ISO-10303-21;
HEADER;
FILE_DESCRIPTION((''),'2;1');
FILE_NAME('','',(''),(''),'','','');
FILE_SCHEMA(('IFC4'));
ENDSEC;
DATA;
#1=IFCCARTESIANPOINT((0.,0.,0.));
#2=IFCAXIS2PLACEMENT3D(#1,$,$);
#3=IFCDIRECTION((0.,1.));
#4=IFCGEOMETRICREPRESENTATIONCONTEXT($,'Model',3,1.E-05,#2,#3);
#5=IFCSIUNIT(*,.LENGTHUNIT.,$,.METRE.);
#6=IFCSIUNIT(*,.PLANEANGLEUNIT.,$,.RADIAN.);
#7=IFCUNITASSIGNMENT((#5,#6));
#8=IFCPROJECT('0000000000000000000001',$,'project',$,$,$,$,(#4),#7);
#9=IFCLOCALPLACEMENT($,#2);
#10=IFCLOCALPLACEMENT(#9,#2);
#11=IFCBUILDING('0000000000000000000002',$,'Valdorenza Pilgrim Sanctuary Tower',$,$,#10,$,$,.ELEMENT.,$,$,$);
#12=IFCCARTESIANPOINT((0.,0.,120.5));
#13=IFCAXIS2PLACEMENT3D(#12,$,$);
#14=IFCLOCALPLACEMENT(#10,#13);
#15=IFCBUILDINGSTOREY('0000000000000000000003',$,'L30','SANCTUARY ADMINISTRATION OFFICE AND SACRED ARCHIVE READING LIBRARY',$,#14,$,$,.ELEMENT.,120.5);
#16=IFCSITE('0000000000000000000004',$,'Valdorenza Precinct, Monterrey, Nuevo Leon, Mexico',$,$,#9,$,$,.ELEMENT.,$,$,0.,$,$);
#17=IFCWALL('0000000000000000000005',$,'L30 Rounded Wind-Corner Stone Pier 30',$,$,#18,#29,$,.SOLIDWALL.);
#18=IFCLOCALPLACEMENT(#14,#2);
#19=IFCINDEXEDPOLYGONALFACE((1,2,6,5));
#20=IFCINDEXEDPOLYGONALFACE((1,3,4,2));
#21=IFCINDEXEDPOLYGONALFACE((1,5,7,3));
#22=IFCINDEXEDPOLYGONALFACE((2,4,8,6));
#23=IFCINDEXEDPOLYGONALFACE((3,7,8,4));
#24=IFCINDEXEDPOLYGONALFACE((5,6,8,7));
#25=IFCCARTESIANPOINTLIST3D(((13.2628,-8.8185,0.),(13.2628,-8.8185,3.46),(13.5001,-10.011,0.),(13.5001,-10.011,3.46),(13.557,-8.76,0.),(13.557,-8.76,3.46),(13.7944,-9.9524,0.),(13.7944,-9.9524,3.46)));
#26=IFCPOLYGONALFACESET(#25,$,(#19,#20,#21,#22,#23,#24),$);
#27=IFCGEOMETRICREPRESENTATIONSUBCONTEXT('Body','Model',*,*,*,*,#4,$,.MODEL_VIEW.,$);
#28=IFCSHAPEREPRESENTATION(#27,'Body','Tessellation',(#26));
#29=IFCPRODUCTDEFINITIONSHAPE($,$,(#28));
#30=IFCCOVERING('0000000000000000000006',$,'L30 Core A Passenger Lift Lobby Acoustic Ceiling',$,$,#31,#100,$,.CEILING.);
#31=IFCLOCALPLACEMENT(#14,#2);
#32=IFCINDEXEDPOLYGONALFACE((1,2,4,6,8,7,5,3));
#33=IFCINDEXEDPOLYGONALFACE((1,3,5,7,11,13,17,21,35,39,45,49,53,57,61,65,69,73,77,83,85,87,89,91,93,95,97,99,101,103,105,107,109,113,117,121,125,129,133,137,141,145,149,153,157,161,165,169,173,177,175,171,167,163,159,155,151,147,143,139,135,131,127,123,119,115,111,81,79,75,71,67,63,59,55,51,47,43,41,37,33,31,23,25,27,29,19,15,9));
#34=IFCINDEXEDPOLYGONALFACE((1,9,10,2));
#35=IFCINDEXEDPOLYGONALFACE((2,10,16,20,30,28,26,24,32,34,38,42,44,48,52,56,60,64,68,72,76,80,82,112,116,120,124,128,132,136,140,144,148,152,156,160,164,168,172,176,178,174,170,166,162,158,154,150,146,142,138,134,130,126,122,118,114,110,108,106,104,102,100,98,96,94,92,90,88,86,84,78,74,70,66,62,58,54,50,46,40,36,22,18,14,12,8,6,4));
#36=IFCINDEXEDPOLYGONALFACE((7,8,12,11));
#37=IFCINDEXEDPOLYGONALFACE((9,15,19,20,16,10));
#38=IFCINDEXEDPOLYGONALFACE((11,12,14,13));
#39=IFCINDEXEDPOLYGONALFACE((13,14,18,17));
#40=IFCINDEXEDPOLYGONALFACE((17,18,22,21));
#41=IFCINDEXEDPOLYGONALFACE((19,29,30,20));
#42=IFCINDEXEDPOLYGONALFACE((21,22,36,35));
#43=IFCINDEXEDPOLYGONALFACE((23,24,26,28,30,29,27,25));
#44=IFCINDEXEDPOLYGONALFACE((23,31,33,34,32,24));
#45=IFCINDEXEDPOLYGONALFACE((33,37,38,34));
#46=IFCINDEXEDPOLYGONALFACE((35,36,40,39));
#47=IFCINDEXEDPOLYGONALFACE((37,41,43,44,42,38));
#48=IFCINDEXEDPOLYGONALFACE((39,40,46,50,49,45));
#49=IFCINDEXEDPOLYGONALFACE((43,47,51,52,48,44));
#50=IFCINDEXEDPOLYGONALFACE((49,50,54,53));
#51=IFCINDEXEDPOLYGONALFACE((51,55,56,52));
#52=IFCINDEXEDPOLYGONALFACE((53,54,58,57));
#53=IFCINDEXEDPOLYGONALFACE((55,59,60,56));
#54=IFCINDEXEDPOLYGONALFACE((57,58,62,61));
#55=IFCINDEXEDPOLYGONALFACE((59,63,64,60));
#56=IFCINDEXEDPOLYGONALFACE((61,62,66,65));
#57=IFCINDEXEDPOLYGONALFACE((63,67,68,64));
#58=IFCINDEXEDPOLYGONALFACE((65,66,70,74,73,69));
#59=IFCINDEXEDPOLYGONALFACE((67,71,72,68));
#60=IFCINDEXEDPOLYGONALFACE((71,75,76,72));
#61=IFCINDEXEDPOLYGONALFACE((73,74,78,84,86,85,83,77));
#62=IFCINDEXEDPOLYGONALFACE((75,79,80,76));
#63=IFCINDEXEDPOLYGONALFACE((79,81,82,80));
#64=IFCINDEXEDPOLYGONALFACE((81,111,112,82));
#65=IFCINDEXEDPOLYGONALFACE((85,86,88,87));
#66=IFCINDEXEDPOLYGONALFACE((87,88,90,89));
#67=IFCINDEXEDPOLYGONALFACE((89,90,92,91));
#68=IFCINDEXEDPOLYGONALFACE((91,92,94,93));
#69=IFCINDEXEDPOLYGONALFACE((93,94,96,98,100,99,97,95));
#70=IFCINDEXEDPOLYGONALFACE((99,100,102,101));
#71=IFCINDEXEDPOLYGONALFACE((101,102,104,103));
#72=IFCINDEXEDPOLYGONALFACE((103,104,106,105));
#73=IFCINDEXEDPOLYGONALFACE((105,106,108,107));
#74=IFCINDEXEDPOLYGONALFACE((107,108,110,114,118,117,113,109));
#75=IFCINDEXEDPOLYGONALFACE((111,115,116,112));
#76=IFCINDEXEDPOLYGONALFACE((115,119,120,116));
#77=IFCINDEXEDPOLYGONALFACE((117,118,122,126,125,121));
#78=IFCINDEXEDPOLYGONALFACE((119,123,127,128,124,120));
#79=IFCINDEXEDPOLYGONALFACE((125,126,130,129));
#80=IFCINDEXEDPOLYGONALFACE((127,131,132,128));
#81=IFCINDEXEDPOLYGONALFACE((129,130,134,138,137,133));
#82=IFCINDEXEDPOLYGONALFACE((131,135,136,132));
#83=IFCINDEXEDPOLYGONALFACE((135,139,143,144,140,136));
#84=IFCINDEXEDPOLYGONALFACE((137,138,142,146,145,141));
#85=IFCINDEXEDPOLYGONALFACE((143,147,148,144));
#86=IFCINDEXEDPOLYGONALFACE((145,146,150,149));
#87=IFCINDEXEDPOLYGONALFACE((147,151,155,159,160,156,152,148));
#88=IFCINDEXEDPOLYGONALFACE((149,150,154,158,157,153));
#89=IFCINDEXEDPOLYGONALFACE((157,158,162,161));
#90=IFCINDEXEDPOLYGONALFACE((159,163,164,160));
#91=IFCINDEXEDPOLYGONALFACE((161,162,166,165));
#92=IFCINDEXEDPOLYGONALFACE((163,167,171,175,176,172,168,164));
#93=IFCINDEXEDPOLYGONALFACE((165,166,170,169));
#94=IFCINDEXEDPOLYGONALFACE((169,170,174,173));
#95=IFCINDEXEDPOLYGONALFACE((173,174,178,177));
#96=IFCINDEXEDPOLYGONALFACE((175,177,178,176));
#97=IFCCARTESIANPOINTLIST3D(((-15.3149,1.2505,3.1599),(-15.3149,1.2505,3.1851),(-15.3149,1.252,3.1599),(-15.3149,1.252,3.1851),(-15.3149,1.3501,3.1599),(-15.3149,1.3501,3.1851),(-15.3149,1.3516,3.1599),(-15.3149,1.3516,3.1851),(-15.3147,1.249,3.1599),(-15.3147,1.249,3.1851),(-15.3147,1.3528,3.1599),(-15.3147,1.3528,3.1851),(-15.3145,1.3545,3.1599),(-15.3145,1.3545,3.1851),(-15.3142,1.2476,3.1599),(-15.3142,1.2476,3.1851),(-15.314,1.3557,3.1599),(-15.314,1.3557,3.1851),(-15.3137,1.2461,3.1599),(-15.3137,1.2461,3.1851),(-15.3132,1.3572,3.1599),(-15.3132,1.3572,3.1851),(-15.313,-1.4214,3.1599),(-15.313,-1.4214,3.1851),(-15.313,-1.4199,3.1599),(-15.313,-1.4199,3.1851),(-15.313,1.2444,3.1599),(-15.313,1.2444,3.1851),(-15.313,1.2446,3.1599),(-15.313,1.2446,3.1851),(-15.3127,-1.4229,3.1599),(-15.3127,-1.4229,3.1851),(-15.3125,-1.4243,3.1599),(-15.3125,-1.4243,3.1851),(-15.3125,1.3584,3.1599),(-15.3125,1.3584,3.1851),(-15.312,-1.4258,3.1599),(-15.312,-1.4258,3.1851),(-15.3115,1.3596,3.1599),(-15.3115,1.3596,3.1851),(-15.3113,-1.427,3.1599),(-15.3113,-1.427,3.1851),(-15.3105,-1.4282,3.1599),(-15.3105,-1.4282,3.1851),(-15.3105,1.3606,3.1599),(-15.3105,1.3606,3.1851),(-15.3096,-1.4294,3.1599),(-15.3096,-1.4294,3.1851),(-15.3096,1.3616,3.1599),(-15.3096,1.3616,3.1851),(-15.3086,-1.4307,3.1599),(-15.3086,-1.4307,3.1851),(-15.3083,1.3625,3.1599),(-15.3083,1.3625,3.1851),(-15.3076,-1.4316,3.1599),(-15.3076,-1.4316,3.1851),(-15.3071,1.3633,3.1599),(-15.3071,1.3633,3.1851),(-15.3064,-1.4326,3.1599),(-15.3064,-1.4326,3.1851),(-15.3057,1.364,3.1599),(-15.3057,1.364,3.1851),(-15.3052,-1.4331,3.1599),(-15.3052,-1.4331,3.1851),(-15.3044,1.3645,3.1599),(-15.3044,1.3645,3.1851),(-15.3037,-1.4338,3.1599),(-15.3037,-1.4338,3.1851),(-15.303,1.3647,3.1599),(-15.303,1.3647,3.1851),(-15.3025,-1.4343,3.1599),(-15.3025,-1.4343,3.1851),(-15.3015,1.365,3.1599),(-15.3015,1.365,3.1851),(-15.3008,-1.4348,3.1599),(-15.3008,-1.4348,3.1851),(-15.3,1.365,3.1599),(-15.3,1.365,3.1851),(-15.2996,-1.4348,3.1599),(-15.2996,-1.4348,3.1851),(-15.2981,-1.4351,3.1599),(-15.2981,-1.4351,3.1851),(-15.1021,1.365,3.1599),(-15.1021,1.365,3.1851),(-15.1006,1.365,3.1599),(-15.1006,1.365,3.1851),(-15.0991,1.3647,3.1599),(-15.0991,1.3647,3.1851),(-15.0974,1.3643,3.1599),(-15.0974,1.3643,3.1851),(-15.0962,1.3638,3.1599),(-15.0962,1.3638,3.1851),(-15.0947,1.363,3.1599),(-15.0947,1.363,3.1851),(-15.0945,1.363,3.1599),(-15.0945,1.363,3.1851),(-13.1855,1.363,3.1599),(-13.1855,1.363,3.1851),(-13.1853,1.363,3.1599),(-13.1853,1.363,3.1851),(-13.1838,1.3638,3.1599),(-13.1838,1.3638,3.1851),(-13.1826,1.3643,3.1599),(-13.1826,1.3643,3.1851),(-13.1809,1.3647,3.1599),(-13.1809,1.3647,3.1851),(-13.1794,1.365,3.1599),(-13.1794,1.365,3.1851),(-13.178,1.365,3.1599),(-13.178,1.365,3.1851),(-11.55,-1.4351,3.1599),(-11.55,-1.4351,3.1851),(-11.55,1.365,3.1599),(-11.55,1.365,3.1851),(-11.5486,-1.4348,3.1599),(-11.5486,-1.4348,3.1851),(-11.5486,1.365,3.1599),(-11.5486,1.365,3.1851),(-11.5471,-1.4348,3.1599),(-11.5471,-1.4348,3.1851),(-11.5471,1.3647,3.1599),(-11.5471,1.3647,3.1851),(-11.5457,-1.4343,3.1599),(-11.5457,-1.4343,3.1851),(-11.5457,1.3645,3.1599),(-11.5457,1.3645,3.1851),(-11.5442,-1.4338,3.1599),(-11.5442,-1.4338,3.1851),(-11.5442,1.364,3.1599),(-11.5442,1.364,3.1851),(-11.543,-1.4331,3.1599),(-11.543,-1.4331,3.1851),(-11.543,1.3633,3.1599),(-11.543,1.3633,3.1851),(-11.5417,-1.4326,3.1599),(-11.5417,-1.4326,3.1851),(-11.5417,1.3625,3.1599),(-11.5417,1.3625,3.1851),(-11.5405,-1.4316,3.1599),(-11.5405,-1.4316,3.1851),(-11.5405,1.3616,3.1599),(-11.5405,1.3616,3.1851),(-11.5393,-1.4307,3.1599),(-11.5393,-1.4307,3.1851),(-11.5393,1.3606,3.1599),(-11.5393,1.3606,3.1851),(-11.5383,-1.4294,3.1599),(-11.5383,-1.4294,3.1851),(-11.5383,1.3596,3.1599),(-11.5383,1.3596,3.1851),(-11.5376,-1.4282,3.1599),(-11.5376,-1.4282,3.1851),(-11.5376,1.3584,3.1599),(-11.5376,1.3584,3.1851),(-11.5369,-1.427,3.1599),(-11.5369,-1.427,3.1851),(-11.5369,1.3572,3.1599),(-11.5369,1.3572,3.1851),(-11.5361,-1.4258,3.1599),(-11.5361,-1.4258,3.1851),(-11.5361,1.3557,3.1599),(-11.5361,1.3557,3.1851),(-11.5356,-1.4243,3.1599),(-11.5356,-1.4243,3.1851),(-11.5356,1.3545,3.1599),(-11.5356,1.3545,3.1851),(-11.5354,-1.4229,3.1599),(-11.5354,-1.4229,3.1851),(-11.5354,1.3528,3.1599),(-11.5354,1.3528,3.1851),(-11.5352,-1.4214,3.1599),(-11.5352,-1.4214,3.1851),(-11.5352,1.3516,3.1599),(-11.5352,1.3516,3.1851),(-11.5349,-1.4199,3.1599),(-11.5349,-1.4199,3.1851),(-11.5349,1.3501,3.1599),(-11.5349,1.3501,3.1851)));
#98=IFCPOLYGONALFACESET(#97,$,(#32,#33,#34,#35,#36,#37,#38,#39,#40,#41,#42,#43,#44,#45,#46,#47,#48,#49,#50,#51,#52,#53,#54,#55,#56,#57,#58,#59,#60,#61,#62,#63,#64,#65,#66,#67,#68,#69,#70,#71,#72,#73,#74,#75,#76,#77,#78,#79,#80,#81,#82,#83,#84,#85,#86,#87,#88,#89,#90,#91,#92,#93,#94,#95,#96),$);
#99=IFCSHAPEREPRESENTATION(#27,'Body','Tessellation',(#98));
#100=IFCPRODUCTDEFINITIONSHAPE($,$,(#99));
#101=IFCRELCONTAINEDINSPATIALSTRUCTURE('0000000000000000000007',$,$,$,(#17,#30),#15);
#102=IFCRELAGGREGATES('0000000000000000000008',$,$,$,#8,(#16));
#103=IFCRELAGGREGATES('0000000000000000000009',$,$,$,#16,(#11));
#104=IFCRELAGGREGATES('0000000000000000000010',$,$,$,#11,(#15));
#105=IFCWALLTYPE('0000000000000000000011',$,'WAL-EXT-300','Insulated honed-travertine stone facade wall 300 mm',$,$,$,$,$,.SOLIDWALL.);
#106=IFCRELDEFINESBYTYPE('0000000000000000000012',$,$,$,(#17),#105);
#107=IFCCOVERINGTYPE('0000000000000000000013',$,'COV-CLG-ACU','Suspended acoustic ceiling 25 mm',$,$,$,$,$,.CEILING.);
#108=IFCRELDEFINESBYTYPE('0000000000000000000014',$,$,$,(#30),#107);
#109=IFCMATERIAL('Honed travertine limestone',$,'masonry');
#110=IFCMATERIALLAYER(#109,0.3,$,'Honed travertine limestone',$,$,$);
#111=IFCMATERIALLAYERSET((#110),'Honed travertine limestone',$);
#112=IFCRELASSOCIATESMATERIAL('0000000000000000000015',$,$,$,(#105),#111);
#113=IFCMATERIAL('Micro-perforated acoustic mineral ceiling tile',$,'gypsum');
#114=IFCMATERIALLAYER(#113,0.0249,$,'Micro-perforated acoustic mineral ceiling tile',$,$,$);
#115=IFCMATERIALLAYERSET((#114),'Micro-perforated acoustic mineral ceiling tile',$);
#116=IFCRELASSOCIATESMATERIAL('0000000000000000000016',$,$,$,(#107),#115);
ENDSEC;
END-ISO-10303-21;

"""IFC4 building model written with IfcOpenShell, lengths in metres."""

from ifc_helpers import new_model, si_unit, direction, frame, frame_2d, origin, place, context, subcontext, project, spatial, polyline, rectangle, outline, extrude, material, layer, layer_set, type_object, element, save


model = new_model("IFC4")

# Units and contexts
model_context = context("Model", 3, precision=1e-05, world=origin(), true_north=direction((0.0, 1.0)))
body_context = subcontext(model_context, "Body", "Model", "MODEL_VIEW")
ifc_project = project(units=[si_unit("LENGTHUNIT", "METRE"), si_unit("PLANEANGLEUNIT", "RADIAN")], contexts=[model_context])

# Site, building, storey
site_placement = place(None, origin())
site = spatial("IfcSite", under=ifc_project, at=site_placement, Name="Valdorenza Precinct, Monterrey, Nuevo Leon, Mexico", CompositionType="ELEMENT", RefElevation=0.0)
building_placement = place(site_placement, origin())
building = spatial("IfcBuilding", under=site, at=building_placement, Name="Valdorenza Pilgrim Sanctuary Tower", CompositionType="ELEMENT")
storey_placement = place(building_placement, frame((0.0, 0.0, 120.5)))
storey = spatial("IfcBuildingStorey", under=building, at=storey_placement, Name="L30", Description="SANCTUARY ADMINISTRATION OFFICE AND SACRED ARCHIVE READING LIBRARY", CompositionType="ELEMENT", Elevation=120.5)

# Shared definitions
ifc_material_1 = material(Name="Honed travertine limestone", Category="masonry")

# Wall
ifc_layer_1 = layer(ifc_material_1, 0.3, Name="Honed travertine limestone")
ifc_layer_set_1 = layer_set([ifc_layer_1], Name="Honed travertine limestone")
wall_type_1 = type_object("IfcWallType", Name="WAL-EXT-300", Description="Insulated honed-travertine stone facade wall 300 mm", PredefinedType="SOLIDWALL", material=ifc_layer_set_1)
wall_1_placement = place(storey_placement, frame((13.6472, -9.9817, 0.0), z_axis=(0.0, 0.0, 1.0), x_axis=(-0.195189, 0.980766, 0.0)))
element("IfcWall", 1, at=wall_1_placement, inside=storey, type_object=wall_type_1, Name="L30 Rounded Wind-Corner Stone Pier 30", PredefinedType="SOLIDWALL", context=body_context, shape_type="SweptSolid", body=[
    extrude(rectangle(XDim=1.2158, YDim=0.3, at=frame_2d((0.6079, 0.0))), origin(), (0.0, 0.0, 1.0), 3.46),
])

# Covering
ifc_material_2 = material(Name="Micro-perforated acoustic mineral ceiling tile", Category="gypsum")
ifc_layer_2 = layer(ifc_material_2, 0.0249, Name="Micro-perforated acoustic mineral ceiling tile")
ifc_layer_set_2 = layer_set([ifc_layer_2], Name="Micro-perforated acoustic mineral ceiling tile")
covering_type_1 = type_object("IfcCoveringType", Name="COV-CLG-ACU", Description="Suspended acoustic ceiling 25 mm", PredefinedType="CEILING", material=ifc_layer_set_2)
covering_1_placement = place(storey_placement, frame((0.0, 0.0, 3.1599)))
element("IfcCovering", 2, at=covering_1_placement, inside=storey, type_object=covering_type_1, Name="L30 Core A Passenger Lift Lobby Acoustic Ceiling", PredefinedType="CEILING", context=body_context, shape_type="SweptSolid", body=[
    extrude(outline(polyline([(-15.313, 1.2444), (-15.313, 1.2446), (-15.3137, 1.2461), (-15.3142, 1.2476), (-15.3147, 1.249), (-15.3149, 1.2505), (-15.3149, 1.252), (-15.3149, 1.3501), (-15.3149, 1.3516), (-15.3147, 1.3528), (-15.3145, 1.3545), (-15.314, 1.3557), (-15.3132, 1.3572), (-15.3125, 1.3584), (-15.3115, 1.3596), (-15.3105, 1.3606), (-15.3096, 1.3616), (-15.3083, 1.3625), (-15.3071, 1.3633), (-15.3057, 1.364), (-15.3044, 1.3645), (-15.303, 1.3647), (-15.3015, 1.365), (-15.3, 1.365), (-15.1021, 1.365), (-15.1006, 1.365), (-15.0991, 1.3647), (-15.0974, 1.3643), (-15.0962, 1.3638), (-15.0947, 1.363), (-15.0945, 1.363), (-13.1855, 1.363), (-13.1853, 1.363), (-13.1838, 1.3638), (-13.1826, 1.3643), (-13.1809, 1.3647), (-13.1794, 1.365), (-13.178, 1.365), (-11.55, 1.365), (-11.5486, 1.365), (-11.5471, 1.3647), (-11.5457, 1.3645), (-11.5442, 1.364), (-11.543, 1.3633), (-11.5417, 1.3625), (-11.5405, 1.3616), (-11.5393, 1.3606), (-11.5383, 1.3596), (-11.5376, 1.3584), (-11.5369, 1.3572), (-11.5361, 1.3557), (-11.5356, 1.3545), (-11.5354, 1.3528), (-11.5352, 1.3516), (-11.5349, 1.3501), (-11.5349, -1.4199), (-11.5352, -1.4214), (-11.5354, -1.4229), (-11.5356, -1.4243), (-11.5361, -1.4258), (-11.5369, -1.427), (-11.5376, -1.4282), (-11.5383, -1.4294), (-11.5393, -1.4307), (-11.5405, -1.4316), (-11.5417, -1.4326), (-11.543, -1.4331), (-11.5442, -1.4338), (-11.5457, -1.4343), (-11.5471, -1.4348), (-11.5486, -1.4348), (-11.55, -1.4351), (-15.2981, -1.4351), (-15.2996, -1.4348), (-15.3008, -1.4348), (-15.3025, -1.4343), (-15.3037, -1.4338), (-15.3052, -1.4331), (-15.3064, -1.4326), (-15.3076, -1.4316), (-15.3086, -1.4307), (-15.3096, -1.4294), (-15.3105, -1.4282), (-15.3113, -1.427), (-15.312, -1.4258), (-15.3125, -1.4243), (-15.3127, -1.4229), (-15.313, -1.4214), (-15.313, -1.4199), (-15.313, 1.2444)])), origin(), (0.0, 0.0, 1.0), 0.0251),
])

save(model, "model.ifc")
